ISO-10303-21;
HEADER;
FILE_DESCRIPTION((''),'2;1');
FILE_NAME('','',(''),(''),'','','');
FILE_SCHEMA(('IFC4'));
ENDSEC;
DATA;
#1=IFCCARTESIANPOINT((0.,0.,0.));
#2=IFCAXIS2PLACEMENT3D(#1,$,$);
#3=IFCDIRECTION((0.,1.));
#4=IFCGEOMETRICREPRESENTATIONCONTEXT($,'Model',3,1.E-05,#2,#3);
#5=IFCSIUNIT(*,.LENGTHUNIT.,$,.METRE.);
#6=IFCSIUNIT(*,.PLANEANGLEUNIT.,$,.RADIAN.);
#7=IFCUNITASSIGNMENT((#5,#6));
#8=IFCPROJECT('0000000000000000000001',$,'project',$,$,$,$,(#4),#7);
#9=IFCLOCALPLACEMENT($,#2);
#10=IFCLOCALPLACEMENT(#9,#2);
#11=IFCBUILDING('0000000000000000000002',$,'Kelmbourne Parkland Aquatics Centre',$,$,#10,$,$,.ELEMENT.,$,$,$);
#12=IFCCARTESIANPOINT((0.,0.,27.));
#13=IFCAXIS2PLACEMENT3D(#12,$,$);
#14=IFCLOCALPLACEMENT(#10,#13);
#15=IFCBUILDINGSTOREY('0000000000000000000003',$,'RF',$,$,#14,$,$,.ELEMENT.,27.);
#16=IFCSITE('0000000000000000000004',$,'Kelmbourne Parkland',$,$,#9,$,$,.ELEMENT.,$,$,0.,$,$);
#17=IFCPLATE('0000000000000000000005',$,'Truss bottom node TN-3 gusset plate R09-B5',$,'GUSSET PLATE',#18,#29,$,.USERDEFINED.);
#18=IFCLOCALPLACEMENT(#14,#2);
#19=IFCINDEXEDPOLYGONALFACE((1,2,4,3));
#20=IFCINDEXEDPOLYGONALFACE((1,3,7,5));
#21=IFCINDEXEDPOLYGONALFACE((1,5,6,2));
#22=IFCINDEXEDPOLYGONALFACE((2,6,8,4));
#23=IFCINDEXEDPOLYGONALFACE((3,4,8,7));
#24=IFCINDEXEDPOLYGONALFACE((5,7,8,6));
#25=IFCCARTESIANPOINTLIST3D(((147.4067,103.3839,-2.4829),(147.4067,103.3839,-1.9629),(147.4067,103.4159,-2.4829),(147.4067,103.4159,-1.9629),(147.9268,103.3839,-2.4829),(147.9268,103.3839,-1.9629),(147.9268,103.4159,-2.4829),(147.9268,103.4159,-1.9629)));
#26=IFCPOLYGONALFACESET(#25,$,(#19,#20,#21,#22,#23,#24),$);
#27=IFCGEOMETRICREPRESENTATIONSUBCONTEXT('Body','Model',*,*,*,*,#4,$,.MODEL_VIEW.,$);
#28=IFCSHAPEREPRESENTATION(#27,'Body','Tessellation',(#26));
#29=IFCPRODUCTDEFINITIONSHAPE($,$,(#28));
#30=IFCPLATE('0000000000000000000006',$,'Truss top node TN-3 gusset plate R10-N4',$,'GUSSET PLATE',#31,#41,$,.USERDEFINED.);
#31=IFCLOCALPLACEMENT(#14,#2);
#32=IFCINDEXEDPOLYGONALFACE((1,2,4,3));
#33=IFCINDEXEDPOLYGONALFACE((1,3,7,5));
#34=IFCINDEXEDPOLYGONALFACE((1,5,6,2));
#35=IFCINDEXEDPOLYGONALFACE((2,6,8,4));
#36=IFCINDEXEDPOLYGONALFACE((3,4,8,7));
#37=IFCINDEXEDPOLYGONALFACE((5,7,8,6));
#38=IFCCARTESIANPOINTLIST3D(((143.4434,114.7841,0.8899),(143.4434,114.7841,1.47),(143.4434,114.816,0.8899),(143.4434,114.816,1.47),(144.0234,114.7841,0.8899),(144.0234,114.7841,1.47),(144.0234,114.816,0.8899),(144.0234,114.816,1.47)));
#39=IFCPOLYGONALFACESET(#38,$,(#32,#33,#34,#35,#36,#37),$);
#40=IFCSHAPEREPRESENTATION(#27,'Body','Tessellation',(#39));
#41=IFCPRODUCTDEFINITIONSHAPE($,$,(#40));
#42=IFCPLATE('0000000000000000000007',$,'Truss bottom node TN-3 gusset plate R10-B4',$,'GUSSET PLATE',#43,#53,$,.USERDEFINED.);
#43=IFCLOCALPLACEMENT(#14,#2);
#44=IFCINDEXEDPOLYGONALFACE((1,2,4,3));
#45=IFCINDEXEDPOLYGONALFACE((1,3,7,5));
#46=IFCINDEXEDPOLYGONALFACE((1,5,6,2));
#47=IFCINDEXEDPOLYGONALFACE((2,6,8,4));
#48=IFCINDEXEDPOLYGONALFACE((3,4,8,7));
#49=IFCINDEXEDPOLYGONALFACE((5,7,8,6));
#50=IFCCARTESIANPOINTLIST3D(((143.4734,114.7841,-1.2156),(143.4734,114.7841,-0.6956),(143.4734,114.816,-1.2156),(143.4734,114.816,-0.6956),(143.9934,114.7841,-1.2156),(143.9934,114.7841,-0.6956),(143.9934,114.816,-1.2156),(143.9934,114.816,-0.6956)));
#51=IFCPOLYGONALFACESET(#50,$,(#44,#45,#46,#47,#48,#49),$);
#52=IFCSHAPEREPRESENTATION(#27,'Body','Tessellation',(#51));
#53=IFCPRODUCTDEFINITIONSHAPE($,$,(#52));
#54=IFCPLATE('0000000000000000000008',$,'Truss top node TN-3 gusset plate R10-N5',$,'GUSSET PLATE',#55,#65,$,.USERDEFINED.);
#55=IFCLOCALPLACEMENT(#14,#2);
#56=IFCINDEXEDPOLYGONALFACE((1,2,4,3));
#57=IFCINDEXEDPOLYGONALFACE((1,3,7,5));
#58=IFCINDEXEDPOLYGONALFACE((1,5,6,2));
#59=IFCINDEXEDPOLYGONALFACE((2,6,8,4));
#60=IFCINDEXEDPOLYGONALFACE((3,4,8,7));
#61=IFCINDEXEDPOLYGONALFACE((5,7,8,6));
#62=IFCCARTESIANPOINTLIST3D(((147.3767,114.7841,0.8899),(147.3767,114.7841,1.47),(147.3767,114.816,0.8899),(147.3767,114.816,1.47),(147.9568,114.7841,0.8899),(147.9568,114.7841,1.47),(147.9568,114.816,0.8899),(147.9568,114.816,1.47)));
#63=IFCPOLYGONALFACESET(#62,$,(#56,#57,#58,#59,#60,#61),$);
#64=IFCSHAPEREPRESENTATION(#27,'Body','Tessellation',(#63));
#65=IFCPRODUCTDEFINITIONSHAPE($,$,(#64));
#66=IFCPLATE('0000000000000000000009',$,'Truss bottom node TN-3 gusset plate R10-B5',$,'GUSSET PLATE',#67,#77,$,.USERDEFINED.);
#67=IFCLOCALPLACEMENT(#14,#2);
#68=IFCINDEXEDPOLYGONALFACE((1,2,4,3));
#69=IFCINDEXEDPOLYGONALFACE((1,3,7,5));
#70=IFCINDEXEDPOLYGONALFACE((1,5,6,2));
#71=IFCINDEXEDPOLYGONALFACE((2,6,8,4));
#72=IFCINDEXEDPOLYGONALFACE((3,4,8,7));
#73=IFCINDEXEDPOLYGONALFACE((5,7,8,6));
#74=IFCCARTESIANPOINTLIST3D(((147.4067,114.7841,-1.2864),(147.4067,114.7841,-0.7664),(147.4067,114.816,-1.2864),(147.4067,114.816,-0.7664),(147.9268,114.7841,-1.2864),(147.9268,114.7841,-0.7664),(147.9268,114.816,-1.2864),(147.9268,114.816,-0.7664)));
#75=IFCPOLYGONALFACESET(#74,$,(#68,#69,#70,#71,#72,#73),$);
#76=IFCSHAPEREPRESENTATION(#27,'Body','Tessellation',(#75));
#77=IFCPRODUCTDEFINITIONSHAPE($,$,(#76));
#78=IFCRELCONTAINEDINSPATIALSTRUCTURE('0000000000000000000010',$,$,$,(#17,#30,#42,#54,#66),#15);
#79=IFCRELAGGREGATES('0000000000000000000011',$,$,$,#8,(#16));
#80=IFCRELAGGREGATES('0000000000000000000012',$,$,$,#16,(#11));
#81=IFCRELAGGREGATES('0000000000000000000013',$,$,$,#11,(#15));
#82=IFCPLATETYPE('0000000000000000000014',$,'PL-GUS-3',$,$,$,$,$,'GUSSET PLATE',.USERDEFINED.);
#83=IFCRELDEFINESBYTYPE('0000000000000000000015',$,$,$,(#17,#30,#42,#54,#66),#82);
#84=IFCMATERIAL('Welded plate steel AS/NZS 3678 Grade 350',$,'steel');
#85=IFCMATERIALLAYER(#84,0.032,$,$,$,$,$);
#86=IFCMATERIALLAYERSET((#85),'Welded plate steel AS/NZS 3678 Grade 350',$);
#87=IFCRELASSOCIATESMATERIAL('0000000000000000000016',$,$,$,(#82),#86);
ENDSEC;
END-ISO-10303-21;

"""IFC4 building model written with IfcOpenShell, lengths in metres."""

from ifc_helpers import new_model, si_unit, direction, frame, origin, origin_2d, place, context, subcontext, project, spatial, rectangle, extrude, material, layer, layer_set, type_object, element, save


model = new_model("IFC4")

# Units and contexts
model_context = context("Model", 3, precision=1e-05, world=origin(), true_north=direction((0.0, 1.0)))
body_context = subcontext(model_context, "Body", "Model", "MODEL_VIEW")
ifc_project = project(units=[si_unit("LENGTHUNIT", "METRE"), si_unit("PLANEANGLEUNIT", "RADIAN")], contexts=[model_context])

# Site, building, storey
site_placement = place(None, origin())
site = spatial("IfcSite", under=ifc_project, at=site_placement, Name="Kelmbourne Parkland", CompositionType="ELEMENT", RefElevation=0.0)
building_placement = place(site_placement, origin())
building = spatial("IfcBuilding", under=site, at=building_placement, Name="Kelmbourne Parkland Aquatics Centre", CompositionType="ELEMENT")
storey_placement = place(building_placement, frame((0.0, 0.0, 27.0)))
storey = spatial("IfcBuildingStorey", under=building, at=storey_placement, Name="RF", CompositionType="ELEMENT", Elevation=27.0)

# Shared definitions
ifc_material_1 = material(Name="Welded plate steel AS/NZS 3678 Grade 350", Category="steel")

# Plates
ifc_layer_1 = layer(ifc_material_1, 0.032)
ifc_layer_set_1 = layer_set([ifc_layer_1], Name="Welded plate steel AS/NZS 3678 Grade 350")
plate_type_1 = type_object("IfcPlateType", Name="PL-GUS-3", ElementType="GUSSET PLATE", PredefinedType="USERDEFINED", material=ifc_layer_set_1)
plate_1_placement = place(storey_placement, frame((147.6667, 103.3999, -2.4829), z_axis=(0.0, 0.0, 1.0), x_axis=(1.0, 0.0, 0.0)))
element("IfcPlate", 1, at=plate_1_placement, inside=storey, type_object=plate_type_1, Name="Truss bottom node TN-3 gusset plate R09-B5", ObjectType="GUSSET PLATE", PredefinedType="USERDEFINED", context=body_context, shape_type="SweptSolid", body=[
    extrude(rectangle(XDim=0.52, YDim=0.032, at=origin_2d()), origin(), (0.0, 0.0, 1.0), 0.52),
])
plate_2_placement = place(storey_placement, frame((143.7334, 114.8, 0.8899), z_axis=(0.0, 0.0, 1.0), x_axis=(1.0, 0.0, 0.0)))
element("IfcPlate", 2, at=plate_2_placement, inside=storey, type_object=plate_type_1, Name="Truss top node TN-3 gusset plate R10-N4", ObjectType="GUSSET PLATE", PredefinedType="USERDEFINED", context=body_context, shape_type="SweptSolid", body=[
    extrude(rectangle(XDim=0.5801, YDim=0.032, at=origin_2d()), origin(), (0.0, 0.0, 1.0), 0.5801),
])
plate_3_placement = place(storey_placement, frame((143.7334, 114.8, -1.2156), z_axis=(0.0, 0.0, 1.0), x_axis=(1.0, 0.0, 0.0)))
element("IfcPlate", 3, at=plate_3_placement, inside=storey, type_object=plate_type_1, Name="Truss bottom node TN-3 gusset plate R10-B4", ObjectType="GUSSET PLATE", PredefinedType="USERDEFINED", context=body_context, shape_type="SweptSolid", body=[
    extrude(rectangle(XDim=0.52, YDim=0.032, at=origin_2d()), origin(), (0.0, 0.0, 1.0), 0.52),
])
plate_4_placement = place(storey_placement, frame((147.6667, 114.8, 0.8899), z_axis=(0.0, 0.0, 1.0), x_axis=(1.0, 0.0, 0.0)))
element("IfcPlate", 4, at=plate_4_placement, inside=storey, type_object=plate_type_1, Name="Truss top node TN-3 gusset plate R10-N5", ObjectType="GUSSET PLATE", PredefinedType="USERDEFINED", context=body_context, shape_type="SweptSolid", body=[
    extrude(rectangle(XDim=0.5801, YDim=0.032, at=origin_2d()), origin(), (0.0, 0.0, 1.0), 0.5801),
])
plate_5_placement = place(storey_placement, frame((147.6667, 114.8, -1.2864), z_axis=(0.0, 0.0, 1.0), x_axis=(1.0, 0.0, 0.0)))
element("IfcPlate", 5, at=plate_5_placement, inside=storey, type_object=plate_type_1, Name="Truss bottom node TN-3 gusset plate R10-B5", ObjectType="GUSSET PLATE", PredefinedType="USERDEFINED", context=body_context, shape_type="SweptSolid", body=[
    extrude(rectangle(XDim=0.52, YDim=0.032, at=origin_2d()), origin(), (0.0, 0.0, 1.0), 0.52),
])

save(model, "model.ifc")
